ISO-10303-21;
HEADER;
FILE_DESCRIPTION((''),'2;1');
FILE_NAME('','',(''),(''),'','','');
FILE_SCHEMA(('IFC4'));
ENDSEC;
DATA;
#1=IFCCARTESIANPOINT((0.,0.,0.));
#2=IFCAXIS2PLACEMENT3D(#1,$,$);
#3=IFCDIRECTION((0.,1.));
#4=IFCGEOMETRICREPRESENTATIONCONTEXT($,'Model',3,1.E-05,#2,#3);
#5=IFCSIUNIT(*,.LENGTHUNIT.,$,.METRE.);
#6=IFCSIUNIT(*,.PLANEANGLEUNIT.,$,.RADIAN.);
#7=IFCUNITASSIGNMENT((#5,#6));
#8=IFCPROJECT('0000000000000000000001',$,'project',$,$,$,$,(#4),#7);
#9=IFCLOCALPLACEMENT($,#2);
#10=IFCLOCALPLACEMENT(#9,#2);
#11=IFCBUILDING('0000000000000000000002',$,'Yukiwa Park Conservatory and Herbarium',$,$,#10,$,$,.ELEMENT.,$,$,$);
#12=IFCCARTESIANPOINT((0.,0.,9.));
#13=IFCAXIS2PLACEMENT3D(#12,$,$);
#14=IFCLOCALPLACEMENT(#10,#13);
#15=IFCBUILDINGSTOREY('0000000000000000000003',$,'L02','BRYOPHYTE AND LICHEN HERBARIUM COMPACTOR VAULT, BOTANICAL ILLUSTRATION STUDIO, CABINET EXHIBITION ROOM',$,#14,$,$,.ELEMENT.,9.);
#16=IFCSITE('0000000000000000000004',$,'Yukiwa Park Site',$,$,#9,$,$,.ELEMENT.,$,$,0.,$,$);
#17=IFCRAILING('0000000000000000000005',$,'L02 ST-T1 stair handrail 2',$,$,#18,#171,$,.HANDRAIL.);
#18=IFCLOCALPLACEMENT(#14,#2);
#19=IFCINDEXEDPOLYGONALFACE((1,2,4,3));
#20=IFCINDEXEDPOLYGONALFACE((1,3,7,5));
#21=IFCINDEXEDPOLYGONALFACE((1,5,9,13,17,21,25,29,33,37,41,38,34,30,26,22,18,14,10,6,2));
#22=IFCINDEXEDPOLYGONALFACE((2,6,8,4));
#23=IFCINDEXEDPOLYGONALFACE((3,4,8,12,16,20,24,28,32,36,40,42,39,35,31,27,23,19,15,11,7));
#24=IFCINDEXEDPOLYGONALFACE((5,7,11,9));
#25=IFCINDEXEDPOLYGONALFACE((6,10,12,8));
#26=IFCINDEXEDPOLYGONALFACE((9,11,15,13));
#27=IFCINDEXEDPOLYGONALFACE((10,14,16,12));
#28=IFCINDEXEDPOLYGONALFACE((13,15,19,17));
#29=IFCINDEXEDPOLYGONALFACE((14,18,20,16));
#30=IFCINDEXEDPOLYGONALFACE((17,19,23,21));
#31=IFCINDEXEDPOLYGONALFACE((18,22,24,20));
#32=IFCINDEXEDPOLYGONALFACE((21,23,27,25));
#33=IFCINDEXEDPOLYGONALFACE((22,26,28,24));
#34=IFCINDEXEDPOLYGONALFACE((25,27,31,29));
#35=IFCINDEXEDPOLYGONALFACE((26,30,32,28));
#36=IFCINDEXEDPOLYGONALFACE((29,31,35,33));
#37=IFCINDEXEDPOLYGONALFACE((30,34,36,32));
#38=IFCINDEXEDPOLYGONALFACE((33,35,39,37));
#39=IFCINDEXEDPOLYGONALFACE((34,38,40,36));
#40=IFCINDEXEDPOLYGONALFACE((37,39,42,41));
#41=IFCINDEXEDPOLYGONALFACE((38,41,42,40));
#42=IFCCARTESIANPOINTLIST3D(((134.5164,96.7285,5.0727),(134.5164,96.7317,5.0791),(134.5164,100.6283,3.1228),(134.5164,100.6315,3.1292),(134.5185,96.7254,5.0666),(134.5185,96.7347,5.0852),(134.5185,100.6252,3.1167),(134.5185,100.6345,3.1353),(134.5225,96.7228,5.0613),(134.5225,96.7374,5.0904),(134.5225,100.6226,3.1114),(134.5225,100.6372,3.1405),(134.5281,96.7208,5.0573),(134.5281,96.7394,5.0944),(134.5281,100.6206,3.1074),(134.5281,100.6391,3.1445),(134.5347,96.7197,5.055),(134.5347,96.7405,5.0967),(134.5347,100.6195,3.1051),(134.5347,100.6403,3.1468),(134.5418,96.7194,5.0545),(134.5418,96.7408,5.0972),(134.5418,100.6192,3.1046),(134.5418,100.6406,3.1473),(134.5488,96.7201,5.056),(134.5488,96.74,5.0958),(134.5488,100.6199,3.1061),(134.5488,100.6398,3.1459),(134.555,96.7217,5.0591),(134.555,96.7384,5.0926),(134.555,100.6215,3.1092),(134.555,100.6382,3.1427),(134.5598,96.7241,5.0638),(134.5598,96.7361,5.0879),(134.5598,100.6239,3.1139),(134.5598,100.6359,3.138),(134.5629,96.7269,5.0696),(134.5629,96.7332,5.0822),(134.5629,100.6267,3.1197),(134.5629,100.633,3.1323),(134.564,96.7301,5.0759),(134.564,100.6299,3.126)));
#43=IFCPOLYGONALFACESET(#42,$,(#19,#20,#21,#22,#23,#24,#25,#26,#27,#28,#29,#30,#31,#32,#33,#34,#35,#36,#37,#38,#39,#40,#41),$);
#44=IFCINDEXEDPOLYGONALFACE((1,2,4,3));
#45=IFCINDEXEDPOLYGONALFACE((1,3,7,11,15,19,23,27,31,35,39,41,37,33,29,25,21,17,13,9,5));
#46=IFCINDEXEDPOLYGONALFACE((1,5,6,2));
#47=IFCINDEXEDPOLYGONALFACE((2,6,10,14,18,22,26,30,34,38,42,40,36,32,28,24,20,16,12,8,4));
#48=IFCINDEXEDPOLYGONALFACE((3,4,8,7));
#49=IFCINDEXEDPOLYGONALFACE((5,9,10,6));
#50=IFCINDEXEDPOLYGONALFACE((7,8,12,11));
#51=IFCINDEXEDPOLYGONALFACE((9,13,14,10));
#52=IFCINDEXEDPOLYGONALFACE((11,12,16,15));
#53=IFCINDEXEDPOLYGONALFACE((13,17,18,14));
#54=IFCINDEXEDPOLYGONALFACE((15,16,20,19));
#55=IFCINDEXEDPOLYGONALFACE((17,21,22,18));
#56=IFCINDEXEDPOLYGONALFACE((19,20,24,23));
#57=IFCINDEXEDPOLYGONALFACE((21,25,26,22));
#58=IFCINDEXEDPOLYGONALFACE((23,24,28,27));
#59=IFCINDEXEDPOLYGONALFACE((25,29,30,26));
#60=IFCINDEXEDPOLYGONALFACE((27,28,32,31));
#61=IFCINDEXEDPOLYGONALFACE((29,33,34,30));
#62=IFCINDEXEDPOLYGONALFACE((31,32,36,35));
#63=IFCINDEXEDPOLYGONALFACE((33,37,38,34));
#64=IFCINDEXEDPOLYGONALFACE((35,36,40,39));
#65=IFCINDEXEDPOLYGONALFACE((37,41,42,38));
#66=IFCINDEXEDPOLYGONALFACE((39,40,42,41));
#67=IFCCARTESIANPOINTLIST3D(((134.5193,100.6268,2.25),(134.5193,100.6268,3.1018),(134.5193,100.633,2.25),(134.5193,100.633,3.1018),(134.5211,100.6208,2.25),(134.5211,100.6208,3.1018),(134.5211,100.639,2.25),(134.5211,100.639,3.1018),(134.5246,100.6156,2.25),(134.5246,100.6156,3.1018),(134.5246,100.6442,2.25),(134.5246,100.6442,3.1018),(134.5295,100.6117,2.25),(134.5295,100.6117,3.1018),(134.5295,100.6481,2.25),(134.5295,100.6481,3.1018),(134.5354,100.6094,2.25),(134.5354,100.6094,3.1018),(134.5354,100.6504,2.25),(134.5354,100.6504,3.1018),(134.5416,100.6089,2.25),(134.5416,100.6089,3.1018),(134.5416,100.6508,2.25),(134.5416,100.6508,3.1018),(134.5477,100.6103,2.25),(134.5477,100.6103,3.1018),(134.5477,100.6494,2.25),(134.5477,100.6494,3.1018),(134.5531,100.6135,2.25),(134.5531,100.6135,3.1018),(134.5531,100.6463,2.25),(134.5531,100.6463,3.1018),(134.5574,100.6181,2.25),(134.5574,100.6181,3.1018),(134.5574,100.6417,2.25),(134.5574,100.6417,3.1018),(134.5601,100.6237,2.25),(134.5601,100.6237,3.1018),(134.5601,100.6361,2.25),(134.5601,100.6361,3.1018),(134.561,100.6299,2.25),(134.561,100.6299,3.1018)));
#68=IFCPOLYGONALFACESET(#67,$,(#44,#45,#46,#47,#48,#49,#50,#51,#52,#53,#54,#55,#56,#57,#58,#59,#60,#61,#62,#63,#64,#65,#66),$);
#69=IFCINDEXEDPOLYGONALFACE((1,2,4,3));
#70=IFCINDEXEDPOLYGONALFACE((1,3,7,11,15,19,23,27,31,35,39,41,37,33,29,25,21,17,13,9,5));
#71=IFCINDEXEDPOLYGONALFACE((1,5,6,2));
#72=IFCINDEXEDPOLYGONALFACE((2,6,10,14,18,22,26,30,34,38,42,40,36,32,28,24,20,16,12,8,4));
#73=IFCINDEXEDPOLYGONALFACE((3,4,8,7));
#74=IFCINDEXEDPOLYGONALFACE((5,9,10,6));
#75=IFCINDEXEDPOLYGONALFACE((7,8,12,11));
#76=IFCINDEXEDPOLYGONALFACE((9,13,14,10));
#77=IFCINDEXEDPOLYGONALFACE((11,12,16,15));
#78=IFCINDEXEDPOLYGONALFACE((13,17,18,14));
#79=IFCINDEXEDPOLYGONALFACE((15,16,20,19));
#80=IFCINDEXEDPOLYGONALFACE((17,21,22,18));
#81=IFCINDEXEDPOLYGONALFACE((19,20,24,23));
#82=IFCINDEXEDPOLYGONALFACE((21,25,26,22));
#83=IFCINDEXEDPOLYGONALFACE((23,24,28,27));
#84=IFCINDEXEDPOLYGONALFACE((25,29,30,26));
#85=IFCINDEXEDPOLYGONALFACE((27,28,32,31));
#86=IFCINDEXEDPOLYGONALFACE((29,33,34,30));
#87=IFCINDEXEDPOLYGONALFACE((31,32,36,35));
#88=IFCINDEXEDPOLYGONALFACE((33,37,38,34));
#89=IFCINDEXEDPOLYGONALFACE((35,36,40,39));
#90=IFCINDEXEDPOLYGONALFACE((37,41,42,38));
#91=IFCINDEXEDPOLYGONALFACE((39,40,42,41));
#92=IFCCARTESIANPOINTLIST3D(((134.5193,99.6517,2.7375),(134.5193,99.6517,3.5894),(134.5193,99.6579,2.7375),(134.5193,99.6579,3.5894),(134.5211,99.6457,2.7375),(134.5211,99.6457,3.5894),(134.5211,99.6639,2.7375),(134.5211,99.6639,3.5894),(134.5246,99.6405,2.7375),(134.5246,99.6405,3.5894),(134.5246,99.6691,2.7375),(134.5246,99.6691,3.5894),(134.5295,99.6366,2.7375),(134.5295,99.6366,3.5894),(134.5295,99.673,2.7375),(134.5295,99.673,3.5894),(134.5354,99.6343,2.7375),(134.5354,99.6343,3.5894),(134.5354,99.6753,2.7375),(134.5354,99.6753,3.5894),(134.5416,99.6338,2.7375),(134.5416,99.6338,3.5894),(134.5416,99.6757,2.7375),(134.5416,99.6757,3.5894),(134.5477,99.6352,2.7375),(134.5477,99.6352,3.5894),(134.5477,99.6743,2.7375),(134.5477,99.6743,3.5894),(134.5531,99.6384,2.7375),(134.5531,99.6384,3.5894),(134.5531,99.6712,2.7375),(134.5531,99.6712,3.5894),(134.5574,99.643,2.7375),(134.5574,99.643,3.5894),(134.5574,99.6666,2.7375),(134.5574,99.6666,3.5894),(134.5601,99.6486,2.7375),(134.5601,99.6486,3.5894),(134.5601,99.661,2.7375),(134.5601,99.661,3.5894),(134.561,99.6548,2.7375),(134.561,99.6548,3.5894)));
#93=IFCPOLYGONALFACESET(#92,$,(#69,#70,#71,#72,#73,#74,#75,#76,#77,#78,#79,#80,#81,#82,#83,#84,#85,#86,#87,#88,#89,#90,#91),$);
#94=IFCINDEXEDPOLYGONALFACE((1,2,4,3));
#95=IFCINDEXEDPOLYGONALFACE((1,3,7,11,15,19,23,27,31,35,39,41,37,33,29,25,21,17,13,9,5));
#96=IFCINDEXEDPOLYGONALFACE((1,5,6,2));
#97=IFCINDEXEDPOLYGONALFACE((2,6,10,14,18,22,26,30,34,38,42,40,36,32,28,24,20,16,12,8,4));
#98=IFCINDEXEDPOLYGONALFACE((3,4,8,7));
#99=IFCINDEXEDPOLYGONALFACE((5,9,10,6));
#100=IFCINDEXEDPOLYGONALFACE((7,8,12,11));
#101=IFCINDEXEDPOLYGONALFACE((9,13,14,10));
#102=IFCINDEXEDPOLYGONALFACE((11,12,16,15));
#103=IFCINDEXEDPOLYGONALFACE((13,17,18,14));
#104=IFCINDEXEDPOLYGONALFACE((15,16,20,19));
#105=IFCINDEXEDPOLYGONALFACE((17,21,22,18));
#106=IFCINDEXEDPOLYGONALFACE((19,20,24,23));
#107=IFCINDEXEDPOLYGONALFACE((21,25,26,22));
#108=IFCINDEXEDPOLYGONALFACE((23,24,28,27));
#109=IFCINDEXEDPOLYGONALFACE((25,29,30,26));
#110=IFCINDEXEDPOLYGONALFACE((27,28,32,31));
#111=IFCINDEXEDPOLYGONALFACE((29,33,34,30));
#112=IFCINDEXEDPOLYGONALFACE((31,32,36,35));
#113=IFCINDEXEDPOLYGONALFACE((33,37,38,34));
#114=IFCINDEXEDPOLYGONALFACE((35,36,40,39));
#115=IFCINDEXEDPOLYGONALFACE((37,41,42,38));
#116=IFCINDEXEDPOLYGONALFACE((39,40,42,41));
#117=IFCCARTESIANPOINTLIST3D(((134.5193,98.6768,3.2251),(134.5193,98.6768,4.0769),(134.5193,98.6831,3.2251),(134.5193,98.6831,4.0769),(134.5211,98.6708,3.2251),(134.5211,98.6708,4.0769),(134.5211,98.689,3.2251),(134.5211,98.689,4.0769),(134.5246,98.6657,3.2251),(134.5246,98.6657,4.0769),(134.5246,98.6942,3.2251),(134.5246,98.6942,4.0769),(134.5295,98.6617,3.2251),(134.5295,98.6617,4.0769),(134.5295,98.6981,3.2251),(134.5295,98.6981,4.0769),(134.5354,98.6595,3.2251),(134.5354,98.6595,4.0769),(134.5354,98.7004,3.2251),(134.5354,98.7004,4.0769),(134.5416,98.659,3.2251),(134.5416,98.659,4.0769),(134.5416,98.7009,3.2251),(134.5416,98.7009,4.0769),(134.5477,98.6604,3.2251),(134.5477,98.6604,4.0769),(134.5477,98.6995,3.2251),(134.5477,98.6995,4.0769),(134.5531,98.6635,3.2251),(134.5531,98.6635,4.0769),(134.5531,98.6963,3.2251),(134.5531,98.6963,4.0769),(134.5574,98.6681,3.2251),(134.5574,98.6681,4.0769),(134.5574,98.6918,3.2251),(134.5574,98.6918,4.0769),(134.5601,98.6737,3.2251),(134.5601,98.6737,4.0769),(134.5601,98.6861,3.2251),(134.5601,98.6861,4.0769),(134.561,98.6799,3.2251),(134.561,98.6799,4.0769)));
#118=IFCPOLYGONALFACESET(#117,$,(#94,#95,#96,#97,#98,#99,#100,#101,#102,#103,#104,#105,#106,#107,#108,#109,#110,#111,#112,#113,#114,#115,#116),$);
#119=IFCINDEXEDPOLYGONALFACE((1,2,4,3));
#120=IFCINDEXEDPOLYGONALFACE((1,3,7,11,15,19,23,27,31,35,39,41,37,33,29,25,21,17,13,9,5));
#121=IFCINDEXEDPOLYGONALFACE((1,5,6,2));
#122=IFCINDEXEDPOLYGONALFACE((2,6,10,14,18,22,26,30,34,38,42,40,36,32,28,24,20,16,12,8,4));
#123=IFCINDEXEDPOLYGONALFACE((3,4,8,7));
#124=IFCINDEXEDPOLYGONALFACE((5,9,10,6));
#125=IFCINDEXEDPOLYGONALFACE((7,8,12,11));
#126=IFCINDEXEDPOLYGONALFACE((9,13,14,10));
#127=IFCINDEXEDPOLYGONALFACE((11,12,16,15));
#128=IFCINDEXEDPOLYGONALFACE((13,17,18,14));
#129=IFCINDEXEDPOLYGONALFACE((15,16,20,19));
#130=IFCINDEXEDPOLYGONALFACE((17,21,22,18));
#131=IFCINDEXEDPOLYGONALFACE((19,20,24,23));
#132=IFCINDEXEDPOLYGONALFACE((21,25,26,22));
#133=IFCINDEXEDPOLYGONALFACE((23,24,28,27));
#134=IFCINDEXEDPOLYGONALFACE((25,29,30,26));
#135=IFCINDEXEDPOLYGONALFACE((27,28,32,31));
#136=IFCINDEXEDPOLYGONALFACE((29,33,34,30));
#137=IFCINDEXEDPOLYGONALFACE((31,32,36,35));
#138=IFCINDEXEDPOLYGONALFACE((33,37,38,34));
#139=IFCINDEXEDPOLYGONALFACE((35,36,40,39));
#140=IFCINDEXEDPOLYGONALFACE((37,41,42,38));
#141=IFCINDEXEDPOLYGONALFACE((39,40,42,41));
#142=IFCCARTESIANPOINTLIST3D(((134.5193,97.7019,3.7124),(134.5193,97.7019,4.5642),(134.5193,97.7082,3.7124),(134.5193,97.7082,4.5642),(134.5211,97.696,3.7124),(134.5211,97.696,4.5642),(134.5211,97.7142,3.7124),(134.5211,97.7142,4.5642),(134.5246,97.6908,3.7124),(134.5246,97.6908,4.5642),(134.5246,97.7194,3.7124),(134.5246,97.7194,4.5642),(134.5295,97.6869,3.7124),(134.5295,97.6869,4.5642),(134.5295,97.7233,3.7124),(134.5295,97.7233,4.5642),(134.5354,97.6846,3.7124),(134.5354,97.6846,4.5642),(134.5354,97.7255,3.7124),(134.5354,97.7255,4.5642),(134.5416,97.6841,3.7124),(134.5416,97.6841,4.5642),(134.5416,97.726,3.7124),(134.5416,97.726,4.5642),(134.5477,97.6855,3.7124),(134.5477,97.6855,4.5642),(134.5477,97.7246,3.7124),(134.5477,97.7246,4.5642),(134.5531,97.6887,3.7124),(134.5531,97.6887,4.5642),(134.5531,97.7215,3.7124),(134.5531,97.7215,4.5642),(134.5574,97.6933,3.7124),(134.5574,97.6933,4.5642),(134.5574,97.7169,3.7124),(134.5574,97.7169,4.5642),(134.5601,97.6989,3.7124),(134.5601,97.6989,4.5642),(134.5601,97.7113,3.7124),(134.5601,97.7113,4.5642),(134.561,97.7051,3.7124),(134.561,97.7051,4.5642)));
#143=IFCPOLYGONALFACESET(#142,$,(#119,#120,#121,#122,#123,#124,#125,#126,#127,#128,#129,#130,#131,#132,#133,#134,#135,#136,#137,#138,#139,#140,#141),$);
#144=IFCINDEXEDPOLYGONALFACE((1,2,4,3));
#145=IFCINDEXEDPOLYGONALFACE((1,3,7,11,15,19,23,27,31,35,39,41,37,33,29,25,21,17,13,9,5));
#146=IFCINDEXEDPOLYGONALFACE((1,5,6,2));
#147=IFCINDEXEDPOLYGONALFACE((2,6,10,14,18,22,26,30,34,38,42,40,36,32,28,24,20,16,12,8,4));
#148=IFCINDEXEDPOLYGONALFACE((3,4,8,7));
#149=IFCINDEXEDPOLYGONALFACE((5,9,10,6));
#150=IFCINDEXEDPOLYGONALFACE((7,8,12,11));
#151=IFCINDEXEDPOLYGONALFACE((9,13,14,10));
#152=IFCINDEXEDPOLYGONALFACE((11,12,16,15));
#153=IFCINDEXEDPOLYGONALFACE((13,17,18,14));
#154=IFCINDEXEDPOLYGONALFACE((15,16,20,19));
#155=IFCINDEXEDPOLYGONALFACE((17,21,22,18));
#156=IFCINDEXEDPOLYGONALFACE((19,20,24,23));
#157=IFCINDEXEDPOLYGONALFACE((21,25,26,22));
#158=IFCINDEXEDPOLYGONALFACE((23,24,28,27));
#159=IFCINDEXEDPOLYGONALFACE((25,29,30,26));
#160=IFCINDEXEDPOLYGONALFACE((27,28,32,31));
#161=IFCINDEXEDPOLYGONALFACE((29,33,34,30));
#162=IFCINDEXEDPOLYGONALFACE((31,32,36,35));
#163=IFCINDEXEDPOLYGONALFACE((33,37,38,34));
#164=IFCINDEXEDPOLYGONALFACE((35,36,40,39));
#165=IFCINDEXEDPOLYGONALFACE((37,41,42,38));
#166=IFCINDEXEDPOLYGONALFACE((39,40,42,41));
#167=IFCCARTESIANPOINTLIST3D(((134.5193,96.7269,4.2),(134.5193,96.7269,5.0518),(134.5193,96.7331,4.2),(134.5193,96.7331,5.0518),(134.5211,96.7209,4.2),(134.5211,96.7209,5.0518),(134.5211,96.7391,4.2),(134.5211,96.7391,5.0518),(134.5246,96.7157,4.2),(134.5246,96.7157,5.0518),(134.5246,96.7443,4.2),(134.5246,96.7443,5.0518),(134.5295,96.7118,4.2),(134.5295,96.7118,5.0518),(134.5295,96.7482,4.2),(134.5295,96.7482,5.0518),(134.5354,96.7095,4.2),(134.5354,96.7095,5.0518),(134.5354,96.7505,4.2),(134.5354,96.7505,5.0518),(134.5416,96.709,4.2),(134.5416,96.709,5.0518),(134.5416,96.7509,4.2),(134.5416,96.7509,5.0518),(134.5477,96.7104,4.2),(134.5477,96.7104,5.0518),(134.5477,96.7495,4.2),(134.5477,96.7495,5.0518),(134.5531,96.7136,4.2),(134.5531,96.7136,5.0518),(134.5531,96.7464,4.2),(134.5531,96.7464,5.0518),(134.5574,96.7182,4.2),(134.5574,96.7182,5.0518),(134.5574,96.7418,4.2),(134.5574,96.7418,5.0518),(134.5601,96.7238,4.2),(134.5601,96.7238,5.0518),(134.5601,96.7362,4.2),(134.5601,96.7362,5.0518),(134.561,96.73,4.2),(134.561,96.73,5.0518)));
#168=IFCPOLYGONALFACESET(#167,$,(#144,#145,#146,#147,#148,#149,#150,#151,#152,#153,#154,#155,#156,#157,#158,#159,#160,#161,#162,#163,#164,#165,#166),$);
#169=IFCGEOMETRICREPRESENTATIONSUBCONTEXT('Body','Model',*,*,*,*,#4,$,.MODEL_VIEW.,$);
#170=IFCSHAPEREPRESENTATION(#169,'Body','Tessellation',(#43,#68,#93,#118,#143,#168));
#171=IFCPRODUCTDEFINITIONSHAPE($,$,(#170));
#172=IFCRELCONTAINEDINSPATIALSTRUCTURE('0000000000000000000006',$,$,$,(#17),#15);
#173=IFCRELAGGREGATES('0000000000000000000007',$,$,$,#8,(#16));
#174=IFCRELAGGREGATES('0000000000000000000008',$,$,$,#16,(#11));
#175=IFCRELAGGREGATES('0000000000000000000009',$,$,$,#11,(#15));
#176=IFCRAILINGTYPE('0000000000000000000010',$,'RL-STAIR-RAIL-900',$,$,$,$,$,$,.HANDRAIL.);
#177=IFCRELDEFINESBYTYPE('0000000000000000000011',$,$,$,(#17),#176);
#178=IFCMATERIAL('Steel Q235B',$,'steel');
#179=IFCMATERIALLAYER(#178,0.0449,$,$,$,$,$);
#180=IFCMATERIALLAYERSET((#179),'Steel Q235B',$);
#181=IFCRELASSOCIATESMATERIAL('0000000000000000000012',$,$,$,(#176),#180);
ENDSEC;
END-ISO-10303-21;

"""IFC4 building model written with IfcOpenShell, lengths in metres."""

from ifc_helpers import new_model, si_unit, direction, frame, origin, origin_2d, place, context, subcontext, project, spatial, circle, extrude, material, layer, layer_set, type_object, element, save


model = new_model("IFC4")

# Units and contexts
model_context = context("Model", 3, precision=1e-05, world=origin(), true_north=direction((0.0, 1.0)))
body_context = subcontext(model_context, "Body", "Model", "MODEL_VIEW")
ifc_project = project(units=[si_unit("LENGTHUNIT", "METRE"), si_unit("PLANEANGLEUNIT", "RADIAN")], contexts=[model_context])

# Site, building, storey
site_placement = place(None, origin())
site = spatial("IfcSite", under=ifc_project, at=site_placement, Name="Yukiwa Park Site", CompositionType="ELEMENT", RefElevation=0.0)
building_placement = place(site_placement, origin())
building = spatial("IfcBuilding", under=site, at=building_placement, Name="Yukiwa Park Conservatory and Herbarium", CompositionType="ELEMENT")
storey_placement = place(building_placement, frame((0.0, 0.0, 9.0)))
storey = spatial("IfcBuildingStorey", under=building, at=storey_placement, Name="L02", Description="BRYOPHYTE AND LICHEN HERBARIUM COMPACTOR VAULT, BOTANICAL ILLUSTRATION STUDIO, CABINET EXHIBITION ROOM", CompositionType="ELEMENT", Elevation=9.0)

# Railing
ifc_material_1 = material(Name="Steel Q235B", Category="steel")
ifc_layer_1 = layer(ifc_material_1, 0.0449)
ifc_layer_set_1 = layer_set([ifc_layer_1], Name="Steel Q235B")
railing_type_1 = type_object("IfcRailingType", Name="RL-STAIR-RAIL-900", PredefinedType="HANDRAIL", material=ifc_layer_set_1)
railing_1_placement = place(storey_placement, frame((134.54, 100.6299, 2.25)))
element("IfcRailing", 1, at=railing_1_placement, inside=storey, type_object=railing_type_1, Name="L02 ST-T1 stair handrail 2", PredefinedType="HANDRAIL", context=body_context, shape_type="SweptSolid", body=[
    extrude(circle(Radius=0.0239, at=origin_2d()), frame((0.0, 0.0, 0.876), z_axis=(0.0, -0.894427, 0.447214), x_axis=(1.0, 0.0, 0.0)), (0.0, 0.0, 1.0), 4.3601),
    extrude(circle(Radius=0.021, at=origin_2d()), origin(), (0.0, 0.0, 1.0), 0.8518),
    extrude(circle(Radius=0.021, at=origin_2d()), frame((0.0, -0.9751, 0.4875)), (0.0, 0.0, 1.0), 0.8518),
    extrude(circle(Radius=0.021, at=origin_2d()), frame((0.0, -1.95, 0.9751)), (0.0, 0.0, 1.0), 0.8518),
    extrude(circle(Radius=0.021, at=origin_2d()), frame((0.0, -2.9248, 1.4624)), (0.0, 0.0, 1.0), 0.8518),
    extrude(circle(Radius=0.021, at=origin_2d()), frame((0.0, -3.8999, 1.95)), (0.0, 0.0, 1.0), 0.8518),
])

save(model, "model.ifc")
